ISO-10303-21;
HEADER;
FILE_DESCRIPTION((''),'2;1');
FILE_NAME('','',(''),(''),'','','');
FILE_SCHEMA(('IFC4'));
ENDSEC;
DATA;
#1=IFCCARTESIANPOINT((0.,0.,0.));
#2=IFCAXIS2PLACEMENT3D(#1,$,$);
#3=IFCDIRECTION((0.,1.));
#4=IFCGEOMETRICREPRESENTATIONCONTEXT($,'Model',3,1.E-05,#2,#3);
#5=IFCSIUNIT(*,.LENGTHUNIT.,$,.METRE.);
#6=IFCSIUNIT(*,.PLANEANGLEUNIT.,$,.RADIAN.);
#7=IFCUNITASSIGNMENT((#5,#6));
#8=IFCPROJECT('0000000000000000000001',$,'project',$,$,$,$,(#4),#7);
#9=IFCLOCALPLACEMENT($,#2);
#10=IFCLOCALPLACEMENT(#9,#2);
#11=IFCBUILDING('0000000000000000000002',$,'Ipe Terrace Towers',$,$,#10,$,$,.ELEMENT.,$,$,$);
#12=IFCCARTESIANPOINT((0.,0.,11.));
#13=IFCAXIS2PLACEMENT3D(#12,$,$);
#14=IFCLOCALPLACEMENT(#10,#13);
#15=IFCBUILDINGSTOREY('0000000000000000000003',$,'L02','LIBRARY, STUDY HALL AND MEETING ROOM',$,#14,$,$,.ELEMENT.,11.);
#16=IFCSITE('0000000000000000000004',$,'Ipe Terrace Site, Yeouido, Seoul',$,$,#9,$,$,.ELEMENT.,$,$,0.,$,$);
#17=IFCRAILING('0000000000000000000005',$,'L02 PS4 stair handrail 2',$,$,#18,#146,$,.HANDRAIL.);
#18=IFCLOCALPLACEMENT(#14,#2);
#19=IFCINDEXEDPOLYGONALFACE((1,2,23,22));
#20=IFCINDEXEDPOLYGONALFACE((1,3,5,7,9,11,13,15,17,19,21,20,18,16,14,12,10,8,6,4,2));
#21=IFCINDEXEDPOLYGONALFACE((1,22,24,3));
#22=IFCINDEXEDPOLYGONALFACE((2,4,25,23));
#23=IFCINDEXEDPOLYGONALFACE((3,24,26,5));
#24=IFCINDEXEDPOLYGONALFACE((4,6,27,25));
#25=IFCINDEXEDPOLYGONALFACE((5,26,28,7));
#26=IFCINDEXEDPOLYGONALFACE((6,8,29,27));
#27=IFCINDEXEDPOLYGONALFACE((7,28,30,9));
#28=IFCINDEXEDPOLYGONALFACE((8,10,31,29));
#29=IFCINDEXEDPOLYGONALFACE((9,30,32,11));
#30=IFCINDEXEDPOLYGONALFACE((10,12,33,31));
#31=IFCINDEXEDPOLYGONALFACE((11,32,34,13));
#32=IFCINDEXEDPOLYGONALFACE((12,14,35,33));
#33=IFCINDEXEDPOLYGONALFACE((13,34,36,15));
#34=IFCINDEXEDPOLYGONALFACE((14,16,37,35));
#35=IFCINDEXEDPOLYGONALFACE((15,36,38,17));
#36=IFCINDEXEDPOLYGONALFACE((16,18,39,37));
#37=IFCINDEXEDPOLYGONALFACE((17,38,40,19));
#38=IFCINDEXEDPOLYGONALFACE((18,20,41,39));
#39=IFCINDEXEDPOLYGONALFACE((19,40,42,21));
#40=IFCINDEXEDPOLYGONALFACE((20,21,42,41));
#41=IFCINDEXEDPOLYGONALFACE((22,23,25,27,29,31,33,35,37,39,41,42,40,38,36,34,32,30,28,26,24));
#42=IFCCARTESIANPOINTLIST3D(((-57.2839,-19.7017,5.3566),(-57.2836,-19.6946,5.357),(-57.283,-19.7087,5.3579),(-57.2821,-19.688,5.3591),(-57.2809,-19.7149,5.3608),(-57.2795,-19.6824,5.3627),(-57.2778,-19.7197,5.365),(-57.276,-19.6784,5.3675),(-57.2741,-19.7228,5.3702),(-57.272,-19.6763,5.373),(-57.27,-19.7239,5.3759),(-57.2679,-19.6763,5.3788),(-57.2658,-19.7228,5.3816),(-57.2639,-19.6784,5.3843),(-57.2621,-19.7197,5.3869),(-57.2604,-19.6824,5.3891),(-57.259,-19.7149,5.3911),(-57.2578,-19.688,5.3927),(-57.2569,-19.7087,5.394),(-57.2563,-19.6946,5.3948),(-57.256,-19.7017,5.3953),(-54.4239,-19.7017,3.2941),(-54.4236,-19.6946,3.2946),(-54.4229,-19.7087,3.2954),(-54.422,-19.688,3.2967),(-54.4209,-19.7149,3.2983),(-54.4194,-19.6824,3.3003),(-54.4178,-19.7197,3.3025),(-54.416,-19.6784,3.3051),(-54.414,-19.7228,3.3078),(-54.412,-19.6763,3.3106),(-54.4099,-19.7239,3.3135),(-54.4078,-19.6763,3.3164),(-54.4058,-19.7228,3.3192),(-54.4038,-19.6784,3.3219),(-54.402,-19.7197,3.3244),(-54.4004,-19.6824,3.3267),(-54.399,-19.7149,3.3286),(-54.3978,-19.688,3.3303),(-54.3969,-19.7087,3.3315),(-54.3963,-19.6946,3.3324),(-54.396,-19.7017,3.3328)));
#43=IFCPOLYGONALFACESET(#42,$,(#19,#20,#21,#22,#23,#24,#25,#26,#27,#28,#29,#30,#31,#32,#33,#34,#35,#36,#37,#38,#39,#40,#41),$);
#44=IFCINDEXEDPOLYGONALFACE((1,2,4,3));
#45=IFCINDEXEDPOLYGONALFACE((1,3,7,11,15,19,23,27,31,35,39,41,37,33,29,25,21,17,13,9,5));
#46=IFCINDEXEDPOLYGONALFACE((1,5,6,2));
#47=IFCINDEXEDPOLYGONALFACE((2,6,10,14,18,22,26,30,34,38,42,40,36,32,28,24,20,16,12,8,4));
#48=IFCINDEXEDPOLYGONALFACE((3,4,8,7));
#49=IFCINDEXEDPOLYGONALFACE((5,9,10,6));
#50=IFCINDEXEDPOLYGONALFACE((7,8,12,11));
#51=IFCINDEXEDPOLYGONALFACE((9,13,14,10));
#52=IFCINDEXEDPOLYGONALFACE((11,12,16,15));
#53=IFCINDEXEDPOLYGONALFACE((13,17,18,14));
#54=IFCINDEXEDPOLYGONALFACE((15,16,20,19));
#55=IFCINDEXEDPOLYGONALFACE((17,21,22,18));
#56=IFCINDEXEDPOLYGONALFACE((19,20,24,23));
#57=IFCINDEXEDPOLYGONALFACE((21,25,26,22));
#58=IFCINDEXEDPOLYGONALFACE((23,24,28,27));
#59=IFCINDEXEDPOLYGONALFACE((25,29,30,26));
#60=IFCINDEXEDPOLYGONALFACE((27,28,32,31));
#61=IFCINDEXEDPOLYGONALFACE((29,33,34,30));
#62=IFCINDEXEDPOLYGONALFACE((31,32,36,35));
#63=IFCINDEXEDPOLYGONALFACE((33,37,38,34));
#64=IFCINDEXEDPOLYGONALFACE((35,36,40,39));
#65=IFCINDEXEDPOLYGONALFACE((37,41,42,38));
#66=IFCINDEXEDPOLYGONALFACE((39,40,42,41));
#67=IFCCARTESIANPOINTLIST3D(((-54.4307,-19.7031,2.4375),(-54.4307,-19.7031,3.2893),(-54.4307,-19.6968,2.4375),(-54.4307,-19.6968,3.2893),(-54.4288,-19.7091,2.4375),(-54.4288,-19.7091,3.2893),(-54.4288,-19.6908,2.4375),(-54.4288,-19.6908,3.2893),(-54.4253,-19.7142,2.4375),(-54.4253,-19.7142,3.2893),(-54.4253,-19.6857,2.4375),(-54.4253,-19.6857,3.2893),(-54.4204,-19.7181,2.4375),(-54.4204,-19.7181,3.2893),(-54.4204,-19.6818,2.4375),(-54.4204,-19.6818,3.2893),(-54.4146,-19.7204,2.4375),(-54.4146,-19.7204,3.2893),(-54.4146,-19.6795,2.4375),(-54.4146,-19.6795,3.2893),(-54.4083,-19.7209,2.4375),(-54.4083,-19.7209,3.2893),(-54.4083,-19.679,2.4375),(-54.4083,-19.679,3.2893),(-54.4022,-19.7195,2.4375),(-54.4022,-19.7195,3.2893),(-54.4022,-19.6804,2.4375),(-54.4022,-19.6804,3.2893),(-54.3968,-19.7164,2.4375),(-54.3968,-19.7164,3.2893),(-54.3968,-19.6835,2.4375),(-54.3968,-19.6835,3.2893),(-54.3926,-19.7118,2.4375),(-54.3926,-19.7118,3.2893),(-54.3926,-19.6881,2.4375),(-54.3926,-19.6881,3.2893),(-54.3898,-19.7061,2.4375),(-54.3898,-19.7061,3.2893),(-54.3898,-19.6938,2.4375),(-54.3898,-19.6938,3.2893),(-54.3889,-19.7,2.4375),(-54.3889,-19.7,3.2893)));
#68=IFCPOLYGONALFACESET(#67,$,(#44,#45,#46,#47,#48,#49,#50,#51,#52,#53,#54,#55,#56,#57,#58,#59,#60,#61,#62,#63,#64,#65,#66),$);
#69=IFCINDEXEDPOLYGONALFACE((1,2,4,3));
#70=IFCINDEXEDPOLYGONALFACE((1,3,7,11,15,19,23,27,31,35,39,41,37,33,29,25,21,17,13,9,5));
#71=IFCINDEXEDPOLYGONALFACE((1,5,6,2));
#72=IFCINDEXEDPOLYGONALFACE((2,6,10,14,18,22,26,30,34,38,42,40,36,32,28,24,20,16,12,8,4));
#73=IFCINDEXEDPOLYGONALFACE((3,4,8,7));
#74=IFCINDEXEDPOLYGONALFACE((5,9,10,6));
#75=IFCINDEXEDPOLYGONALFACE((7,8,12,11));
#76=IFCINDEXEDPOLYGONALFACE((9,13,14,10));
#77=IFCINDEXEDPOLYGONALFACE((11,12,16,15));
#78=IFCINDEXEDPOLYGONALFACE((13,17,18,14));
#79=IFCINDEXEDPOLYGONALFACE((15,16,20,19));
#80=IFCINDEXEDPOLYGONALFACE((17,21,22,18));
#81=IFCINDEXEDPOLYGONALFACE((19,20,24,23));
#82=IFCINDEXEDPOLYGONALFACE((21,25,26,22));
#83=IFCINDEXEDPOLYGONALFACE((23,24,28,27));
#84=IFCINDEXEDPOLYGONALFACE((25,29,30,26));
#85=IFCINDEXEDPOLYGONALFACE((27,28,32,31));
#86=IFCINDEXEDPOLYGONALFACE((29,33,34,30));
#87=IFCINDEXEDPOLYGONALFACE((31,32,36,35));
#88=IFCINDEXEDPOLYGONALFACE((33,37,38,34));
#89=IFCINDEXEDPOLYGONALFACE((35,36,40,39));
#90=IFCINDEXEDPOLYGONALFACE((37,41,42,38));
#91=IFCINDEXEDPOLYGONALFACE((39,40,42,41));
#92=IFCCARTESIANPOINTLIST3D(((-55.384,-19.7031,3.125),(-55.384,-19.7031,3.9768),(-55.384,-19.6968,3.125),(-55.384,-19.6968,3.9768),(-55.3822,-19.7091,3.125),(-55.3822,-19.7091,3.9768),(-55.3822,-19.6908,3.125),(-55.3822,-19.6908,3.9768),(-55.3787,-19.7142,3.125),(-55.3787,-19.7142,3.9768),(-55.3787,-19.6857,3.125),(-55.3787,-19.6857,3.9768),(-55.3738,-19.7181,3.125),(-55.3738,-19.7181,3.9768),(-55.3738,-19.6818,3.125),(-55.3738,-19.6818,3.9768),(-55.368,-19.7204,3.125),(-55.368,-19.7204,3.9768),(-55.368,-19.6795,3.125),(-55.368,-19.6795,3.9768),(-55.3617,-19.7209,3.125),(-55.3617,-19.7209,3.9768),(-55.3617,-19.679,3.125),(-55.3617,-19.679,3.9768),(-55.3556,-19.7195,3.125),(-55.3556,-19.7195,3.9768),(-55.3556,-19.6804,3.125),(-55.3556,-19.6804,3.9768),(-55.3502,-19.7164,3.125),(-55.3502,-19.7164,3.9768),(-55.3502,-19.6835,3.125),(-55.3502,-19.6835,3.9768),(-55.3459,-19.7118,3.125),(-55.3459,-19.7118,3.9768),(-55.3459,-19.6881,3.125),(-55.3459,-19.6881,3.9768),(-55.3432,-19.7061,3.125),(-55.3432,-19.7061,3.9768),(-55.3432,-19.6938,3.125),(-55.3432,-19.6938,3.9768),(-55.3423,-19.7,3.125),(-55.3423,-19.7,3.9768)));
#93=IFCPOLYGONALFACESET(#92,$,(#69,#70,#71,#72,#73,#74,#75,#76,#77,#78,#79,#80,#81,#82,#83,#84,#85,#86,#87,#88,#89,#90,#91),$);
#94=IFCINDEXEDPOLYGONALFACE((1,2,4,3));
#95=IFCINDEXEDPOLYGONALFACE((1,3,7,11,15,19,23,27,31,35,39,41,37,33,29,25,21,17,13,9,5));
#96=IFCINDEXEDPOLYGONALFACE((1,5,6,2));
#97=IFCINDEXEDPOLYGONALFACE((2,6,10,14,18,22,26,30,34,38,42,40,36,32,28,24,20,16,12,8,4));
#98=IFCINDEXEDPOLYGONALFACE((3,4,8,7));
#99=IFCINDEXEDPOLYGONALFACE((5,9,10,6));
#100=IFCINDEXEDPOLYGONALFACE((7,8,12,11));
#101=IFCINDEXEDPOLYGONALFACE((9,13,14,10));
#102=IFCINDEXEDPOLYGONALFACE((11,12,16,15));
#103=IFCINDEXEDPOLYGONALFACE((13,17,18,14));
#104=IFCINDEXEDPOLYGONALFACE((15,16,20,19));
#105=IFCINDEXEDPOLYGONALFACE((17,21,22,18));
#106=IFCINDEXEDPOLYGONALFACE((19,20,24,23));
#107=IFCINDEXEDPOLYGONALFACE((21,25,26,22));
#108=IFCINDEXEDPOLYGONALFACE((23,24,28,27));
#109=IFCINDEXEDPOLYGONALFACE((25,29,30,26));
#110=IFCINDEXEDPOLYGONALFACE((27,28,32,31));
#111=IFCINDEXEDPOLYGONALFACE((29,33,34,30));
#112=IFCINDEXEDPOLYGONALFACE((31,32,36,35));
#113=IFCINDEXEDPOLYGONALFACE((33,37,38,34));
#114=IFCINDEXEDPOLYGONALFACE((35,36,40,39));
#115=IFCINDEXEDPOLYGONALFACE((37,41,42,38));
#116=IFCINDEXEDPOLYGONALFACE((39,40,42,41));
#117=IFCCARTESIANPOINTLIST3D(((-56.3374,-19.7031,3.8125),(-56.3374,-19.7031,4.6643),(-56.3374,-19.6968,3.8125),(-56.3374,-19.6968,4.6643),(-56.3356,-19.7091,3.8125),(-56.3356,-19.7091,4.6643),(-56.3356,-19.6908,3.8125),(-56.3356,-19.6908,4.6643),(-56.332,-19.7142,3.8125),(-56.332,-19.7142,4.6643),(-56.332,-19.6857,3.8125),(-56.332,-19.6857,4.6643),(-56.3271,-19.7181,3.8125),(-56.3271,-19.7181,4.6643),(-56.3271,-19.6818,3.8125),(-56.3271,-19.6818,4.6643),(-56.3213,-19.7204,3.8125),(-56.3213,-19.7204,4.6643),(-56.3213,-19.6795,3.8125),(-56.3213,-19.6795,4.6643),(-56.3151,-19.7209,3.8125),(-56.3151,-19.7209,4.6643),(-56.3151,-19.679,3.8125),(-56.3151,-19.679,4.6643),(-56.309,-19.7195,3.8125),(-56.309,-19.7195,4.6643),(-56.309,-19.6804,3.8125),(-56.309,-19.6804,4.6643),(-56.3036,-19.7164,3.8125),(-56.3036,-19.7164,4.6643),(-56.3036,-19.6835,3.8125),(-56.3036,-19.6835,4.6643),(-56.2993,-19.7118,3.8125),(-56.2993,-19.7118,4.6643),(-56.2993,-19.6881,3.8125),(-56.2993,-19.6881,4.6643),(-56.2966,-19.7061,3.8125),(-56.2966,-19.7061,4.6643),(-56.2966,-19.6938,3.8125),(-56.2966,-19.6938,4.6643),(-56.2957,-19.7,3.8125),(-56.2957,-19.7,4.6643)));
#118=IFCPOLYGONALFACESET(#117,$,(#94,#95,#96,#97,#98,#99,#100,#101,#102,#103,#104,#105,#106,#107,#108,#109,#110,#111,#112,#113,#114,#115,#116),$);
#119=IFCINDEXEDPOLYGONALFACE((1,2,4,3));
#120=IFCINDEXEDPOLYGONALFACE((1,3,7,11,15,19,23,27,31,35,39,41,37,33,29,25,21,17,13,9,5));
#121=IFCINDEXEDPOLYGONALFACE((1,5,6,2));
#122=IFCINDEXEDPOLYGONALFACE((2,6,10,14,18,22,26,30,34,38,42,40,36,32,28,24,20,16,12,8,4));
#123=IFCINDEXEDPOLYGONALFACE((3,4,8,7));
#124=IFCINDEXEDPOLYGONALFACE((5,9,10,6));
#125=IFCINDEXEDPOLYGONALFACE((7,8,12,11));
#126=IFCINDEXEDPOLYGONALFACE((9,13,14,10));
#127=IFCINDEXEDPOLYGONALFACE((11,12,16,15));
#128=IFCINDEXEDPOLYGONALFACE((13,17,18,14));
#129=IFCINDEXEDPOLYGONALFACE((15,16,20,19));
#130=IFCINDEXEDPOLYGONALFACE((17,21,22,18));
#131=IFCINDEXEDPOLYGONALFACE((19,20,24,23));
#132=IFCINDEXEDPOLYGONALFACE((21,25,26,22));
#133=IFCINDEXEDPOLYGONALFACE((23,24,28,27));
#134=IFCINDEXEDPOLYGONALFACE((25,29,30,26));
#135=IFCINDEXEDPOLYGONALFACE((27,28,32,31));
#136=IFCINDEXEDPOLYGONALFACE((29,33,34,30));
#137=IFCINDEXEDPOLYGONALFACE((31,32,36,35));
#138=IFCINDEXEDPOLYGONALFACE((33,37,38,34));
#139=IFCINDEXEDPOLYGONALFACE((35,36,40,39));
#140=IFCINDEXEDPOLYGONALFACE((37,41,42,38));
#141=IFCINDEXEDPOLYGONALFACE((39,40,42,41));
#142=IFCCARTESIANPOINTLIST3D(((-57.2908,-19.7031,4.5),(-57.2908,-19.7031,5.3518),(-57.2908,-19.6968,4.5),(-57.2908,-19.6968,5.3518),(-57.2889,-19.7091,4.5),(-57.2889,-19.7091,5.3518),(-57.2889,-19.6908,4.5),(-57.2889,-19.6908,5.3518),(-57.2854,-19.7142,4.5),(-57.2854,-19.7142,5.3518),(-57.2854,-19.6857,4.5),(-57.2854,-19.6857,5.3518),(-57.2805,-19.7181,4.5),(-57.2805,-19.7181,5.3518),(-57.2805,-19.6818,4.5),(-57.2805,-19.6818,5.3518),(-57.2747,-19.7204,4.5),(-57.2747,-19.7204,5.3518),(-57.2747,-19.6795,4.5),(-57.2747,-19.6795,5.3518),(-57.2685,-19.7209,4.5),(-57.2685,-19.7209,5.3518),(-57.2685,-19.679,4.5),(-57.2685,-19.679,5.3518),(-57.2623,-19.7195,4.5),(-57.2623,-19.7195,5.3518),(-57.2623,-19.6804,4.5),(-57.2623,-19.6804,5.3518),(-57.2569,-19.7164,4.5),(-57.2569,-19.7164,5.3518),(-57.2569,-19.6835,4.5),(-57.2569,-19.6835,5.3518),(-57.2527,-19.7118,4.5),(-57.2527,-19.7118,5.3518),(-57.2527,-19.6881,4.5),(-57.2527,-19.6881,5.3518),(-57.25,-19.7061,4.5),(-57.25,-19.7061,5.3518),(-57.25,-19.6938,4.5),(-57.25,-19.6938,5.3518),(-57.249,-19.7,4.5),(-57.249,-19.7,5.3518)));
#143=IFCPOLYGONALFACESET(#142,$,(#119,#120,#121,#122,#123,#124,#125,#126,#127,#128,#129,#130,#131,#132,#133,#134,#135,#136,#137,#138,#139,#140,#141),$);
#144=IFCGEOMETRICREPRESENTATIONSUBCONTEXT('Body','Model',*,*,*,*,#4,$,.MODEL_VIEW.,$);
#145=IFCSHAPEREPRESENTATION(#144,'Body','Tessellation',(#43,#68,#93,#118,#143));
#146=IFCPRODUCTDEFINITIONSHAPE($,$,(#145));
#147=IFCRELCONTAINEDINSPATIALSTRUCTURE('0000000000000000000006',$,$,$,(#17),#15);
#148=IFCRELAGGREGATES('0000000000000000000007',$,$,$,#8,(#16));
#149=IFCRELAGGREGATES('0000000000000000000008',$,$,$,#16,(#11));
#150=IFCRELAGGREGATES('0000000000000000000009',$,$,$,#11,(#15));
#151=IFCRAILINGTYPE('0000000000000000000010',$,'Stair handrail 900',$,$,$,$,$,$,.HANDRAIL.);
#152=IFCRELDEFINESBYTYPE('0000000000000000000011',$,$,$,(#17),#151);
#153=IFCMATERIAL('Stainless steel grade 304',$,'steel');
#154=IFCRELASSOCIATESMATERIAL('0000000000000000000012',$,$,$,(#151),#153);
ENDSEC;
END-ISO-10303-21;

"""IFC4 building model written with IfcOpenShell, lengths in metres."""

from ifc_helpers import new_model, si_unit, direction, frame, origin, origin_2d, place, context, subcontext, project, spatial, circle, extrude, material, type_object, element, save


model = new_model("IFC4")

# Units and contexts
model_context = context("Model", 3, precision=1e-05, world=origin(), true_north=direction((0.0, 1.0)))
body_context = subcontext(model_context, "Body", "Model", "MODEL_VIEW")
ifc_project = project(units=[si_unit("LENGTHUNIT", "METRE"), si_unit("PLANEANGLEUNIT", "RADIAN")], contexts=[model_context])

# Site, building, storey
site_placement = place(None, origin())
site = spatial("IfcSite", under=ifc_project, at=site_placement, Name="Ipe Terrace Site, Yeouido, Seoul", CompositionType="ELEMENT", RefElevation=0.0)
building_placement = place(site_placement, origin())
building = spatial("IfcBuilding", under=site, at=building_placement, Name="Ipe Terrace Towers", CompositionType="ELEMENT")
storey_placement = place(building_placement, frame((0.0, 0.0, 11.0)))
storey = spatial("IfcBuildingStorey", under=building, at=storey_placement, Name="L02", Description="LIBRARY, STUDY HALL AND MEETING ROOM", CompositionType="ELEMENT", Elevation=11.0)

# Railing
ifc_material_1 = material(Name="Stainless steel grade 304", Category="steel")
railing_type_1 = type_object("IfcRailingType", Name="Stair handrail 900", PredefinedType="HANDRAIL", material=ifc_material_1)
railing_1_placement = place(storey_placement, frame((-54.4099, -19.7, 2.4375)))
element("IfcRailing", 1, at=railing_1_placement, inside=storey, type_object=railing_type_1, Name="L02 PS4 stair handrail 2", PredefinedType="HANDRAIL", context=body_context, shape_type="SweptSolid", body=[
    extrude(circle(Radius=0.0239, at=origin_2d()), frame((0.0, 0.0, 0.876), z_axis=(-0.811101, 0.0, 0.584906), x_axis=(0.0, -1.0, 0.0)), (0.0, 0.0, 1.0), 3.5261),
    extrude(circle(Radius=0.021, at=origin_2d()), origin(), (0.0, 0.0, 1.0), 0.8518),
    extrude(circle(Radius=0.021, at=origin_2d()), frame((-0.9534, 0.0, 0.6875)), (0.0, 0.0, 1.0), 0.8518),
    extrude(circle(Radius=0.021, at=origin_2d()), frame((-1.9067, 0.0, 1.375)), (0.0, 0.0, 1.0), 0.8518),
    extrude(circle(Radius=0.021, at=origin_2d()), frame((-2.8601, 0.0, 2.0625)), (0.0, 0.0, 1.0), 0.8518),
])

save(model, "model.ifc")
